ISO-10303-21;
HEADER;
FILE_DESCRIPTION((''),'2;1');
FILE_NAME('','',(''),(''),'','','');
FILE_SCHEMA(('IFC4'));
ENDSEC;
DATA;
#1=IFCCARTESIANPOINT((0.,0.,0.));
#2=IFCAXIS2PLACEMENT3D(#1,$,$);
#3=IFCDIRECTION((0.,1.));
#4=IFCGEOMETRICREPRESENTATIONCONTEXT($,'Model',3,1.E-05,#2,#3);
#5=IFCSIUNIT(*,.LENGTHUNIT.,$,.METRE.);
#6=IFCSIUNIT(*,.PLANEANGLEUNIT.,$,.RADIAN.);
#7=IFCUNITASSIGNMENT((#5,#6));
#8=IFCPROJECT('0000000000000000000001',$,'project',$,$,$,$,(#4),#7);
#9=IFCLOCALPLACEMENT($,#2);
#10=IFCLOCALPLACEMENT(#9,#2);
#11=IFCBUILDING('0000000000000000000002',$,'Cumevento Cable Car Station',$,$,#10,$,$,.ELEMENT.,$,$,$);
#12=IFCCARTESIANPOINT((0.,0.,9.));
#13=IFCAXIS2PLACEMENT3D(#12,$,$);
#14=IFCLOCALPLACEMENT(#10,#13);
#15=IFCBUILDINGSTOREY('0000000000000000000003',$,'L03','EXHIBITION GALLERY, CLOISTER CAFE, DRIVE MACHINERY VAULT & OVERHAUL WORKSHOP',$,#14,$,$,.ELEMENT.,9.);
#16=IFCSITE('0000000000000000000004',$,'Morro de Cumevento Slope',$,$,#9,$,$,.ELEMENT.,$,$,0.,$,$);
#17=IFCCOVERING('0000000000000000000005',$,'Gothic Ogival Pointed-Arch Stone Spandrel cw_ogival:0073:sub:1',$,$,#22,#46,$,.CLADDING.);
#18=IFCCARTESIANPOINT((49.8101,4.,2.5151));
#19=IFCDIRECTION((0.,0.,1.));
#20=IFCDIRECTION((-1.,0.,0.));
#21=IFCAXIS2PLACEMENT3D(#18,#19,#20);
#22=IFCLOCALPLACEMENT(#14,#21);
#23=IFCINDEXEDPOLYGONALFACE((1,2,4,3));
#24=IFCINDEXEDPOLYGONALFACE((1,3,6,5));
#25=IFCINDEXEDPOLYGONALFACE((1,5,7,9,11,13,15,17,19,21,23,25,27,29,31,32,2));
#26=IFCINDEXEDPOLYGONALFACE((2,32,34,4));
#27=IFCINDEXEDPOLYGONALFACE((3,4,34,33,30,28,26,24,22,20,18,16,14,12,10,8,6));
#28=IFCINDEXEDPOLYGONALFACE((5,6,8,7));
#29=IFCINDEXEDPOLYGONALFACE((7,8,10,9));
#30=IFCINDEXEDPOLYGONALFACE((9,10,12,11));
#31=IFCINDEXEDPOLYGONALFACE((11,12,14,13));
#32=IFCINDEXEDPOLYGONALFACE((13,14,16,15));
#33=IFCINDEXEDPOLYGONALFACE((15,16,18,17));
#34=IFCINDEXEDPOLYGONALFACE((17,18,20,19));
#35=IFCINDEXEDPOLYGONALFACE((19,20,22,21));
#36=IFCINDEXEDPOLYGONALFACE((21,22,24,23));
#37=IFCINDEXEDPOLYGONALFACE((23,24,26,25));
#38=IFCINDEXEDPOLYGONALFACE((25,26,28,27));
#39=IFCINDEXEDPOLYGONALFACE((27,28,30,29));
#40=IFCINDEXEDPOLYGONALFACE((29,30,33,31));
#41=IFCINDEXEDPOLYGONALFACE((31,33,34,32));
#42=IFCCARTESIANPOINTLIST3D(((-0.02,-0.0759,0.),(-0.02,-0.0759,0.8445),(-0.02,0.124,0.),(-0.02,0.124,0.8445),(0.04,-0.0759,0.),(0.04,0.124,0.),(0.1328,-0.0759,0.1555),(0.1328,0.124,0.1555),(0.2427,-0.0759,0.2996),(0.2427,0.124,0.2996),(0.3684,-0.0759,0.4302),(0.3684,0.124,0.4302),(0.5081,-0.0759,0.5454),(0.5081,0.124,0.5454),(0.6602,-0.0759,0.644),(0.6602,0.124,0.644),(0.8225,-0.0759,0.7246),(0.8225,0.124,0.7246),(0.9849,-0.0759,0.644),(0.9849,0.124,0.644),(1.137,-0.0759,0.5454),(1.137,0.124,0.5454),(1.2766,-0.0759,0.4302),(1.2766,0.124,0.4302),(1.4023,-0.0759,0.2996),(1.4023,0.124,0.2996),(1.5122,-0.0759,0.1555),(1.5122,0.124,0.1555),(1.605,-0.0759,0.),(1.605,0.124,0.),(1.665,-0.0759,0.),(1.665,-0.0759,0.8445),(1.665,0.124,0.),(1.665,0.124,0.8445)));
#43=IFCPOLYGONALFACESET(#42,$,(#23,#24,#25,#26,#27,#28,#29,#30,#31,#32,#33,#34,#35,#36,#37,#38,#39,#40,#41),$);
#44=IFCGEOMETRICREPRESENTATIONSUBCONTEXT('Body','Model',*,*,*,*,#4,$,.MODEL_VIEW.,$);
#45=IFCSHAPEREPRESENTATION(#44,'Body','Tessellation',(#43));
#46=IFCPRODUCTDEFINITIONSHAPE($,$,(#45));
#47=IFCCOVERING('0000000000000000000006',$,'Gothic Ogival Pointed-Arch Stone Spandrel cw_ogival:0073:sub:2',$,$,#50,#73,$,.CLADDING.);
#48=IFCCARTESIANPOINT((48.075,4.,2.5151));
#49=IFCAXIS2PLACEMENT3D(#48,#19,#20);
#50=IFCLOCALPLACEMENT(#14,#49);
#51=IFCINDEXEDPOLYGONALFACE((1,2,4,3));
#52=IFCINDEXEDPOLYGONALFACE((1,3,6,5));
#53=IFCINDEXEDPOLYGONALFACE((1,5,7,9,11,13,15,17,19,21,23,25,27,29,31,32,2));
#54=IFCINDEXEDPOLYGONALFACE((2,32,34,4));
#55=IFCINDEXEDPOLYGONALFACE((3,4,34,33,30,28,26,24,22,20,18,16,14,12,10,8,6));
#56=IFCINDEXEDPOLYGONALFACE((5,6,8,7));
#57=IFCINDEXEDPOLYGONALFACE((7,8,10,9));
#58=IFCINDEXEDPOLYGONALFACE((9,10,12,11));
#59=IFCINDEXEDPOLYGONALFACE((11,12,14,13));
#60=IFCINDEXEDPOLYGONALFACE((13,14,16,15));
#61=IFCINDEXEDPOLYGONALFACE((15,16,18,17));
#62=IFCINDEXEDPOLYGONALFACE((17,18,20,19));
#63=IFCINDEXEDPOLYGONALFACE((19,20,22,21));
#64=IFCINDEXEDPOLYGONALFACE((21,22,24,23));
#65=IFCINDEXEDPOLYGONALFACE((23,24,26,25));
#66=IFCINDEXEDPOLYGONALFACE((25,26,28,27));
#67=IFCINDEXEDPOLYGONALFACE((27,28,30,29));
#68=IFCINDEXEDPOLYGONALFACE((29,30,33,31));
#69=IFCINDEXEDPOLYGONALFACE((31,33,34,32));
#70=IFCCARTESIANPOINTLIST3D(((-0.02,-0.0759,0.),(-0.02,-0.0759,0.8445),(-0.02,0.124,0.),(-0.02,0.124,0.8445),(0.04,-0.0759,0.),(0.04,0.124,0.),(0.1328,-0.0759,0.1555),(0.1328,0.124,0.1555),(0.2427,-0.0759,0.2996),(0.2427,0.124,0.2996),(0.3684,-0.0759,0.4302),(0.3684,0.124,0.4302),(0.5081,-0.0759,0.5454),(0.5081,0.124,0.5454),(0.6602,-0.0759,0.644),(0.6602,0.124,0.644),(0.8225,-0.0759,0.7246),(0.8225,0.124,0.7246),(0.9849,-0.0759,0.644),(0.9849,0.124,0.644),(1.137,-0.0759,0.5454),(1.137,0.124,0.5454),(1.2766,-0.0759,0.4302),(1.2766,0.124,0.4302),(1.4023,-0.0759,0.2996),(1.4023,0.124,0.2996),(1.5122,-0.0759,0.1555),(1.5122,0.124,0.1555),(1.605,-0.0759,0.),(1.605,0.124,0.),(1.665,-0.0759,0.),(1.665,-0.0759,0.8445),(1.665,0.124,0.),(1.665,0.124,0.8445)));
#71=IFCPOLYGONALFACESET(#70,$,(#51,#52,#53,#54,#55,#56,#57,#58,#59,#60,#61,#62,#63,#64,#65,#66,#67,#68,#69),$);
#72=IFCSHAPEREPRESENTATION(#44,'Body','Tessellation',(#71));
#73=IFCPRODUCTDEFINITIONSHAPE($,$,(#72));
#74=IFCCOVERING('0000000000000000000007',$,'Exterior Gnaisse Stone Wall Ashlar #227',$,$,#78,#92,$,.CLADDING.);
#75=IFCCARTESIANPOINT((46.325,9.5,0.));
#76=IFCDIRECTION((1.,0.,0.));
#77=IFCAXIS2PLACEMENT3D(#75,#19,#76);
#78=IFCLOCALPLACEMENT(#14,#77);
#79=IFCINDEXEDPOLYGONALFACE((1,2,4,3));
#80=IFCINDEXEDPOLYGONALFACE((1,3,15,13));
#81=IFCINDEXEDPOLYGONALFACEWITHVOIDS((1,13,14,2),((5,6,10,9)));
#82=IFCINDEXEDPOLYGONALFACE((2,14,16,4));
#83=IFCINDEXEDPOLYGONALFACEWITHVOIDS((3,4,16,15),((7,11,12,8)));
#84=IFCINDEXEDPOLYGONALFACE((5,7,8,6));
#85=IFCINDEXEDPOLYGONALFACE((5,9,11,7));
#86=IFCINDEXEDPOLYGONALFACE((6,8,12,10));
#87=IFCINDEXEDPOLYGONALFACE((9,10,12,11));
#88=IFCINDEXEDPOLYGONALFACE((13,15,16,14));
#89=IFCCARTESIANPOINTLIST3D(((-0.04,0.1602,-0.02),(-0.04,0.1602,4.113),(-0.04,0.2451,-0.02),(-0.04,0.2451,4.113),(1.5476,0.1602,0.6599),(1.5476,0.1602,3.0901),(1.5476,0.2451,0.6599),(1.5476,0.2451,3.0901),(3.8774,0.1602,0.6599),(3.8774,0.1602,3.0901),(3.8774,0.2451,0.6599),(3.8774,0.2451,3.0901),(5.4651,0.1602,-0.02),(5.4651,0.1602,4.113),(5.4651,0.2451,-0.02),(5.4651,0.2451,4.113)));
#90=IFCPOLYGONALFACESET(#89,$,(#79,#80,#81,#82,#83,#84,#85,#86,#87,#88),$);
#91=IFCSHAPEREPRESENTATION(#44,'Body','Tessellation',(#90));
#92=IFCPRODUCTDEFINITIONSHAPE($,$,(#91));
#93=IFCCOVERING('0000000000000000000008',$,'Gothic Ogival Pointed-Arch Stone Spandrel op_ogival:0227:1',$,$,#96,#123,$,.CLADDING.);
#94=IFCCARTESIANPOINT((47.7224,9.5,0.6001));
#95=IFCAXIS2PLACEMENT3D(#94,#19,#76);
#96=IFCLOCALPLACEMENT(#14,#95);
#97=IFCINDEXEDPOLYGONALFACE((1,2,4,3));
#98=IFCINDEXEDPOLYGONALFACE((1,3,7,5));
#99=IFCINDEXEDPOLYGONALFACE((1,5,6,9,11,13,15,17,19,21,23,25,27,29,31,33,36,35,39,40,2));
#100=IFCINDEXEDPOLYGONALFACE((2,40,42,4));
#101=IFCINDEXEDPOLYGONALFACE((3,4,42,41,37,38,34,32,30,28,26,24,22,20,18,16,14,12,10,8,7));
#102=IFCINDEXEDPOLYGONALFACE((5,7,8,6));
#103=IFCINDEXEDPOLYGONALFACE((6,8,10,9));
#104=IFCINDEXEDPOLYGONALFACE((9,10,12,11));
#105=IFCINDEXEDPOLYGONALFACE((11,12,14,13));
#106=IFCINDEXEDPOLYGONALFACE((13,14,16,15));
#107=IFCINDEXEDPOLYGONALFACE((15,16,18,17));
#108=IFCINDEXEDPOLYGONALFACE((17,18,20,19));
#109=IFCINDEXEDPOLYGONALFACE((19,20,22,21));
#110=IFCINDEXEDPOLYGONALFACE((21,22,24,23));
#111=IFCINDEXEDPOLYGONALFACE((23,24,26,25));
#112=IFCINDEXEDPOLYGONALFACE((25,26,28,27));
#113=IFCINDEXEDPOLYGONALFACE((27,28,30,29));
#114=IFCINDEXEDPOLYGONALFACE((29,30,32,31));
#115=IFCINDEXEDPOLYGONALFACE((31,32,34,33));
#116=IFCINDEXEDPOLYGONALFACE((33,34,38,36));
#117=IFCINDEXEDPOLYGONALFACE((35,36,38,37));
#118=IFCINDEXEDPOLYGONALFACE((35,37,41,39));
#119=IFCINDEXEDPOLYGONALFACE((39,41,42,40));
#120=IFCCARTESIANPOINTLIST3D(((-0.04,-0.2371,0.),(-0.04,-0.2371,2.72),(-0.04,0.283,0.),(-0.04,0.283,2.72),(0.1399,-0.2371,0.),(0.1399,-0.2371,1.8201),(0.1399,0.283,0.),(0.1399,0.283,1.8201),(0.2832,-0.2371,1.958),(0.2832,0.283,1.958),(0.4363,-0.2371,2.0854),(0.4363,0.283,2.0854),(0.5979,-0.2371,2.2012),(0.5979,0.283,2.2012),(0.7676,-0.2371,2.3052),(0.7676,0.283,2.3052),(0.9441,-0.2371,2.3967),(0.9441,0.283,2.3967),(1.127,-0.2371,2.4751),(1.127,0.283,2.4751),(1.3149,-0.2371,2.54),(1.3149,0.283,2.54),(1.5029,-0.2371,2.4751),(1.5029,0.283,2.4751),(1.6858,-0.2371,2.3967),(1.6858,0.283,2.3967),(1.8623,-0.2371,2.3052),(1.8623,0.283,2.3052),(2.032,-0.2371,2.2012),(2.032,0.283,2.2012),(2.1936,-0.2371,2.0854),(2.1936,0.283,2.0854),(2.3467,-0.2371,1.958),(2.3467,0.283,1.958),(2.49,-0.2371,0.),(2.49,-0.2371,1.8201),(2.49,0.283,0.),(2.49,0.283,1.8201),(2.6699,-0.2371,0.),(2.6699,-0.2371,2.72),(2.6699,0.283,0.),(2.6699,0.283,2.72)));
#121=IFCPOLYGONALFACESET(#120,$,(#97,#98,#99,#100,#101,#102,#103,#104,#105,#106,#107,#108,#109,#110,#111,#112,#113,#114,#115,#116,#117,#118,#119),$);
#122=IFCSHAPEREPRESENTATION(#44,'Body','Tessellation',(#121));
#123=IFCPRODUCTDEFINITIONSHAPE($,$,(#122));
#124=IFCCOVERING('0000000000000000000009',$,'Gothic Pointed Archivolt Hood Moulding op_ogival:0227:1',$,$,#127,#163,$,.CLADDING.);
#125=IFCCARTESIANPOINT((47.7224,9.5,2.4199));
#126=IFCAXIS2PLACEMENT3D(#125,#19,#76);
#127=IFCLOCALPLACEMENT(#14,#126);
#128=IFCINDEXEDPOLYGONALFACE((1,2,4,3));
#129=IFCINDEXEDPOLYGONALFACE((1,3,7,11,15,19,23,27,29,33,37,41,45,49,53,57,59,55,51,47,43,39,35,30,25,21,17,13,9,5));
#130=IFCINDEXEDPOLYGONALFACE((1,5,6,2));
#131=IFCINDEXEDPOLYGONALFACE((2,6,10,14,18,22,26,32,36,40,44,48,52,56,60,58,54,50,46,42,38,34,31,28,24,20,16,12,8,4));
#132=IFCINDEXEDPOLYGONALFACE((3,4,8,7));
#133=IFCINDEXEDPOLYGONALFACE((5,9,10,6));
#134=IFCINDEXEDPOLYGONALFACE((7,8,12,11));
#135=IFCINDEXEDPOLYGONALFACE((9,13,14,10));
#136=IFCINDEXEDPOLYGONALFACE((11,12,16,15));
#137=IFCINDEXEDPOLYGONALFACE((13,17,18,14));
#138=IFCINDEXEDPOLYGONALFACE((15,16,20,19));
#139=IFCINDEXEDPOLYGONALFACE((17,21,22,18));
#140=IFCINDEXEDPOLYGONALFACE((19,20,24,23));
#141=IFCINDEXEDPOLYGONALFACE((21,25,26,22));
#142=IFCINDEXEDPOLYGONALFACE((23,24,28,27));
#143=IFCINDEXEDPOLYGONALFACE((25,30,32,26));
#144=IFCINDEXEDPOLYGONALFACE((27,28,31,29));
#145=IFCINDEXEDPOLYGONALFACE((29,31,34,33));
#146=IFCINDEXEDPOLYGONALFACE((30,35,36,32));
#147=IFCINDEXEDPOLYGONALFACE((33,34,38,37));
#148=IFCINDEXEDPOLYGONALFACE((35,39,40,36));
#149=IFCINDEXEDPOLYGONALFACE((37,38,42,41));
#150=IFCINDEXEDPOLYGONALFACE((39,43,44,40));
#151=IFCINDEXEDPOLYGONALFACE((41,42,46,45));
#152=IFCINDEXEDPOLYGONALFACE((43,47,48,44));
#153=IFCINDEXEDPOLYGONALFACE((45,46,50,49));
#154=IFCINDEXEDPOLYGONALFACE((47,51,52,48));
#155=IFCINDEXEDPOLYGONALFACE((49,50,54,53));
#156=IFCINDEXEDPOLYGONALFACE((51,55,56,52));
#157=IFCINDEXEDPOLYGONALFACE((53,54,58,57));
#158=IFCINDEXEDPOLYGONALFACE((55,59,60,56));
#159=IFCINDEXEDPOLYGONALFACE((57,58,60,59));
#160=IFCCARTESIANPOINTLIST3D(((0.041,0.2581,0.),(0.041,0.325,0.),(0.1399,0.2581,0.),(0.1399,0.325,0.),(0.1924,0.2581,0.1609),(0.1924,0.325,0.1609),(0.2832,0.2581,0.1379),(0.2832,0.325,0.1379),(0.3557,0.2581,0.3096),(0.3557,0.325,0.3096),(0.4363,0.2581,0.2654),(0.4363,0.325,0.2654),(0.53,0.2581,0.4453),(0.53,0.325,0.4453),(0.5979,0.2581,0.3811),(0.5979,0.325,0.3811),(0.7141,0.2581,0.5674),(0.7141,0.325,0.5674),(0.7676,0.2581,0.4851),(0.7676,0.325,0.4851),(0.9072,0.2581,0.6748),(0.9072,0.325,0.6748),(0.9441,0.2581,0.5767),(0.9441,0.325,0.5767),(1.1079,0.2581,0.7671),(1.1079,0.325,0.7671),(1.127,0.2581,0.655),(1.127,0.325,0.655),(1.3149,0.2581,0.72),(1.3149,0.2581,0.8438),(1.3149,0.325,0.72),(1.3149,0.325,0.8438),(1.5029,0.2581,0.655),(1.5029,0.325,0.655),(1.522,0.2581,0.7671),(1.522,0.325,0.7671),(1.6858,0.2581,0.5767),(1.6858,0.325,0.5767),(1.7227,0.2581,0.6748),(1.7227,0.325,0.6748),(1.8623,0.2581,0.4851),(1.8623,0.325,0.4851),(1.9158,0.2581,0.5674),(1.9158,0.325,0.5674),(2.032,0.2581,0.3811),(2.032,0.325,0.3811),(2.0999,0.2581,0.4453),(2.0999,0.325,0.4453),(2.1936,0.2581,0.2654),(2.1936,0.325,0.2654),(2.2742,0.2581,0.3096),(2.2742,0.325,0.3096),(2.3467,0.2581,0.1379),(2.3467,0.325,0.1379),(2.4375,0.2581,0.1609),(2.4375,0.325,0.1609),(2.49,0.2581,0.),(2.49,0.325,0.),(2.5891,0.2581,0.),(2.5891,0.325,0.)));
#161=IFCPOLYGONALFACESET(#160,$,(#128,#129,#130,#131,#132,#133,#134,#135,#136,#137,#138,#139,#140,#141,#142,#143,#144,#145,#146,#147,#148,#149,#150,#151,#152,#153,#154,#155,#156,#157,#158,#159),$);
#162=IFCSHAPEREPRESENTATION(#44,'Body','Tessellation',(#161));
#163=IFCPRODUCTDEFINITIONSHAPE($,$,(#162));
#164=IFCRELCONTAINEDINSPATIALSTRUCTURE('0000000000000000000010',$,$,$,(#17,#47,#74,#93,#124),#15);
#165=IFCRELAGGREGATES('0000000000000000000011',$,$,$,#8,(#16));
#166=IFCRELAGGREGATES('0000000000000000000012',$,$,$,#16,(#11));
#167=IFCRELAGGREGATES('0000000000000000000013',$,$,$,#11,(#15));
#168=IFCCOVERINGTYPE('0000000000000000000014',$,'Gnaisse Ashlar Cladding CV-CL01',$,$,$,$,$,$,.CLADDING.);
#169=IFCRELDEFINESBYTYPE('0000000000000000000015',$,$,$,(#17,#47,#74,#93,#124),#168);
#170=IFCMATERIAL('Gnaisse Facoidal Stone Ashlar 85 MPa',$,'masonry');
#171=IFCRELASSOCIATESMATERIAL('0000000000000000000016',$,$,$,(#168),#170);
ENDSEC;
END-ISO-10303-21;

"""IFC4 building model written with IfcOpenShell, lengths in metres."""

from ifc_helpers import new_model, si_unit, direction, frame, origin, place, context, subcontext, project, spatial, polyline, outline, extrude, material, type_object, element, save


model = new_model("IFC4")

# Units and contexts
model_context = context("Model", 3, precision=1e-05, world=origin(), true_north=direction((0.0, 1.0)))
body_context = subcontext(model_context, "Body", "Model", "MODEL_VIEW")
ifc_project = project(units=[si_unit("LENGTHUNIT", "METRE"), si_unit("PLANEANGLEUNIT", "RADIAN")], contexts=[model_context])

# Site, building, storey
site_placement = place(None, origin())
site = spatial("IfcSite", under=ifc_project, at=site_placement, Name="Morro de Cumevento Slope", CompositionType="ELEMENT", RefElevation=0.0)
building_placement = place(site_placement, origin())
building = spatial("IfcBuilding", under=site, at=building_placement, Name="Cumevento Cable Car Station", CompositionType="ELEMENT")
storey_placement = place(building_placement, frame((0.0, 0.0, 9.0)))
storey = spatial("IfcBuildingStorey", under=building, at=storey_placement, Name="L03", Description="EXHIBITION GALLERY, CLOISTER CAFE, DRIVE MACHINERY VAULT & OVERHAUL WORKSHOP", CompositionType="ELEMENT", Elevation=9.0)

# Coverings
ifc_material_1 = material(Name="Gnaisse Facoidal Stone Ashlar 85 MPa", Category="masonry")
covering_type = type_object("IfcCoveringType", Name="Gnaisse Ashlar Cladding CV-CL01", PredefinedType="CLADDING", material=ifc_material_1)
for number, where, z_axis, x_axis, name in (
    (1, (49.8101, 4.0, 2.5151), (0.0, 0.0, 1.0), (-1.0, 0.0, 0.0), "Gothic Ogival Pointed-Arch Stone Spandrel cw_ogival:0073:sub:1"),
    (2, (48.075, 4.0, 2.5151), (0.0, 0.0, 1.0), (-1.0, 0.0, 0.0), "Gothic Ogival Pointed-Arch Stone Spandrel cw_ogival:0073:sub:2"),
):
    element("IfcCovering", number, at=place(storey_placement, frame(where, z_axis=z_axis, x_axis=x_axis)), inside=storey, type_object=covering_type, Name=name, PredefinedType="CLADDING", context=body_context, shape_type="SweptSolid", body=[
        extrude(outline(polyline([(-0.02, 0.0), (-0.02, 0.8445), (1.665, 0.8445), (1.665, 0.0), (1.605, 0.0), (1.5122, 0.1555), (1.4023, 0.2996), (1.2766, 0.4302), (1.137, 0.5454), (0.9849, 0.644), (0.8225, 0.7246), (0.6602, 0.644), (0.5081, 0.5454), (0.3684, 0.4302), (0.2427, 0.2996), (0.1328, 0.1555), (0.04, 0.0), (-0.02, 0.0)])), frame((0.0, 0.124, 0.0), z_axis=(0.0, -1.0, 0.0), x_axis=(1.0, 0.0, 0.0)), (0.0, 0.0, 1.0), 0.2),
    ])
covering_1_placement = place(storey_placement, frame((46.325, 9.5, 0.0), z_axis=(0.0, 0.0, 1.0), x_axis=(1.0, 0.0, 0.0)))
element("IfcCovering", 3, at=covering_1_placement, inside=storey, type_object=covering_type, Name="Exterior Gnaisse Stone Wall Ashlar #227", PredefinedType="CLADDING", context=body_context, shape_type="SweptSolid", body=[
    extrude(outline(polyline([(-0.04, -0.02), (5.4651, -0.02), (5.4651, 4.113), (-0.04, 4.113), (-0.04, -0.02)]), holes=[polyline([(1.5476, 0.6599), (3.8774, 0.6599), (3.8774, 3.0901), (1.5476, 3.0901), (1.5476, 0.6599)])]), frame((0.0, 0.2451, 0.0), z_axis=(0.0, -1.0, 0.0), x_axis=(1.0, 0.0, 0.0)), (0.0, 0.0, 1.0), 0.085),
])
covering_2_placement = place(storey_placement, frame((47.7224, 9.5, 0.6001), z_axis=(0.0, 0.0, 1.0), x_axis=(1.0, 0.0, 0.0)))
element("IfcCovering", 4, at=covering_2_placement, inside=storey, type_object=covering_type, Name="Gothic Ogival Pointed-Arch Stone Spandrel op_ogival:0227:1", PredefinedType="CLADDING", context=body_context, shape_type="SweptSolid", body=[
    extrude(outline(polyline([(-0.04, 0.0), (-0.04, 2.72), (2.6699, 2.72), (2.6699, 0.0), (2.49, 0.0), (2.49, 1.8201), (2.3467, 1.958), (2.1936, 2.0854), (2.032, 2.2012), (1.8623, 2.3052), (1.6858, 2.3967), (1.5029, 2.4751), (1.3149, 2.54), (1.127, 2.4751), (0.9441, 2.3967), (0.7676, 2.3052), (0.5979, 2.2012), (0.4363, 2.0854), (0.2832, 1.958), (0.1399, 1.8201), (0.1399, 0.0), (-0.04, 0.0)])), frame((0.0, 0.283, 0.0), z_axis=(0.0, -1.0, 0.0), x_axis=(1.0, 0.0, 0.0)), (0.0, 0.0, 1.0), 0.52),
])
covering_3_placement = place(storey_placement, frame((47.7224, 9.5, 2.4199), z_axis=(0.0, 0.0, 1.0), x_axis=(1.0, 0.0, 0.0)))
element("IfcCovering", 5, at=covering_3_placement, inside=storey, type_object=covering_type, Name="Gothic Pointed Archivolt Hood Moulding op_ogival:0227:1", PredefinedType="CLADDING", context=body_context, shape_type="SweptSolid", body=[
    extrude(outline(polyline([(0.1399, 0.0), (0.2832, 0.1379), (0.4363, 0.2654), (0.5979, 0.3811), (0.7676, 0.4851), (0.9441, 0.5767), (1.127, 0.655), (1.3149, 0.72), (1.5029, 0.655), (1.6858, 0.5767), (1.8623, 0.4851), (2.032, 0.3811), (2.1936, 0.2654), (2.3467, 0.1379), (2.49, 0.0), (2.5891, 0.0), (2.4375, 0.1609), (2.2742, 0.3096), (2.0999, 0.4453), (1.9158, 0.5674), (1.7227, 0.6748), (1.522, 0.7671), (1.3149, 0.8438), (1.1079, 0.7671), (0.9072, 0.6748), (0.7141, 0.5674), (0.53, 0.4453), (0.3557, 0.3096), (0.1924, 0.1609), (0.041, 0.0), (0.1399, 0.0)])), frame((0.0, 0.325, 0.0), z_axis=(0.0, -1.0, 0.0), x_axis=(1.0, 0.0, 0.0)), (0.0, 0.0, 1.0), 0.0669),
])

save(model, "model.ifc")
